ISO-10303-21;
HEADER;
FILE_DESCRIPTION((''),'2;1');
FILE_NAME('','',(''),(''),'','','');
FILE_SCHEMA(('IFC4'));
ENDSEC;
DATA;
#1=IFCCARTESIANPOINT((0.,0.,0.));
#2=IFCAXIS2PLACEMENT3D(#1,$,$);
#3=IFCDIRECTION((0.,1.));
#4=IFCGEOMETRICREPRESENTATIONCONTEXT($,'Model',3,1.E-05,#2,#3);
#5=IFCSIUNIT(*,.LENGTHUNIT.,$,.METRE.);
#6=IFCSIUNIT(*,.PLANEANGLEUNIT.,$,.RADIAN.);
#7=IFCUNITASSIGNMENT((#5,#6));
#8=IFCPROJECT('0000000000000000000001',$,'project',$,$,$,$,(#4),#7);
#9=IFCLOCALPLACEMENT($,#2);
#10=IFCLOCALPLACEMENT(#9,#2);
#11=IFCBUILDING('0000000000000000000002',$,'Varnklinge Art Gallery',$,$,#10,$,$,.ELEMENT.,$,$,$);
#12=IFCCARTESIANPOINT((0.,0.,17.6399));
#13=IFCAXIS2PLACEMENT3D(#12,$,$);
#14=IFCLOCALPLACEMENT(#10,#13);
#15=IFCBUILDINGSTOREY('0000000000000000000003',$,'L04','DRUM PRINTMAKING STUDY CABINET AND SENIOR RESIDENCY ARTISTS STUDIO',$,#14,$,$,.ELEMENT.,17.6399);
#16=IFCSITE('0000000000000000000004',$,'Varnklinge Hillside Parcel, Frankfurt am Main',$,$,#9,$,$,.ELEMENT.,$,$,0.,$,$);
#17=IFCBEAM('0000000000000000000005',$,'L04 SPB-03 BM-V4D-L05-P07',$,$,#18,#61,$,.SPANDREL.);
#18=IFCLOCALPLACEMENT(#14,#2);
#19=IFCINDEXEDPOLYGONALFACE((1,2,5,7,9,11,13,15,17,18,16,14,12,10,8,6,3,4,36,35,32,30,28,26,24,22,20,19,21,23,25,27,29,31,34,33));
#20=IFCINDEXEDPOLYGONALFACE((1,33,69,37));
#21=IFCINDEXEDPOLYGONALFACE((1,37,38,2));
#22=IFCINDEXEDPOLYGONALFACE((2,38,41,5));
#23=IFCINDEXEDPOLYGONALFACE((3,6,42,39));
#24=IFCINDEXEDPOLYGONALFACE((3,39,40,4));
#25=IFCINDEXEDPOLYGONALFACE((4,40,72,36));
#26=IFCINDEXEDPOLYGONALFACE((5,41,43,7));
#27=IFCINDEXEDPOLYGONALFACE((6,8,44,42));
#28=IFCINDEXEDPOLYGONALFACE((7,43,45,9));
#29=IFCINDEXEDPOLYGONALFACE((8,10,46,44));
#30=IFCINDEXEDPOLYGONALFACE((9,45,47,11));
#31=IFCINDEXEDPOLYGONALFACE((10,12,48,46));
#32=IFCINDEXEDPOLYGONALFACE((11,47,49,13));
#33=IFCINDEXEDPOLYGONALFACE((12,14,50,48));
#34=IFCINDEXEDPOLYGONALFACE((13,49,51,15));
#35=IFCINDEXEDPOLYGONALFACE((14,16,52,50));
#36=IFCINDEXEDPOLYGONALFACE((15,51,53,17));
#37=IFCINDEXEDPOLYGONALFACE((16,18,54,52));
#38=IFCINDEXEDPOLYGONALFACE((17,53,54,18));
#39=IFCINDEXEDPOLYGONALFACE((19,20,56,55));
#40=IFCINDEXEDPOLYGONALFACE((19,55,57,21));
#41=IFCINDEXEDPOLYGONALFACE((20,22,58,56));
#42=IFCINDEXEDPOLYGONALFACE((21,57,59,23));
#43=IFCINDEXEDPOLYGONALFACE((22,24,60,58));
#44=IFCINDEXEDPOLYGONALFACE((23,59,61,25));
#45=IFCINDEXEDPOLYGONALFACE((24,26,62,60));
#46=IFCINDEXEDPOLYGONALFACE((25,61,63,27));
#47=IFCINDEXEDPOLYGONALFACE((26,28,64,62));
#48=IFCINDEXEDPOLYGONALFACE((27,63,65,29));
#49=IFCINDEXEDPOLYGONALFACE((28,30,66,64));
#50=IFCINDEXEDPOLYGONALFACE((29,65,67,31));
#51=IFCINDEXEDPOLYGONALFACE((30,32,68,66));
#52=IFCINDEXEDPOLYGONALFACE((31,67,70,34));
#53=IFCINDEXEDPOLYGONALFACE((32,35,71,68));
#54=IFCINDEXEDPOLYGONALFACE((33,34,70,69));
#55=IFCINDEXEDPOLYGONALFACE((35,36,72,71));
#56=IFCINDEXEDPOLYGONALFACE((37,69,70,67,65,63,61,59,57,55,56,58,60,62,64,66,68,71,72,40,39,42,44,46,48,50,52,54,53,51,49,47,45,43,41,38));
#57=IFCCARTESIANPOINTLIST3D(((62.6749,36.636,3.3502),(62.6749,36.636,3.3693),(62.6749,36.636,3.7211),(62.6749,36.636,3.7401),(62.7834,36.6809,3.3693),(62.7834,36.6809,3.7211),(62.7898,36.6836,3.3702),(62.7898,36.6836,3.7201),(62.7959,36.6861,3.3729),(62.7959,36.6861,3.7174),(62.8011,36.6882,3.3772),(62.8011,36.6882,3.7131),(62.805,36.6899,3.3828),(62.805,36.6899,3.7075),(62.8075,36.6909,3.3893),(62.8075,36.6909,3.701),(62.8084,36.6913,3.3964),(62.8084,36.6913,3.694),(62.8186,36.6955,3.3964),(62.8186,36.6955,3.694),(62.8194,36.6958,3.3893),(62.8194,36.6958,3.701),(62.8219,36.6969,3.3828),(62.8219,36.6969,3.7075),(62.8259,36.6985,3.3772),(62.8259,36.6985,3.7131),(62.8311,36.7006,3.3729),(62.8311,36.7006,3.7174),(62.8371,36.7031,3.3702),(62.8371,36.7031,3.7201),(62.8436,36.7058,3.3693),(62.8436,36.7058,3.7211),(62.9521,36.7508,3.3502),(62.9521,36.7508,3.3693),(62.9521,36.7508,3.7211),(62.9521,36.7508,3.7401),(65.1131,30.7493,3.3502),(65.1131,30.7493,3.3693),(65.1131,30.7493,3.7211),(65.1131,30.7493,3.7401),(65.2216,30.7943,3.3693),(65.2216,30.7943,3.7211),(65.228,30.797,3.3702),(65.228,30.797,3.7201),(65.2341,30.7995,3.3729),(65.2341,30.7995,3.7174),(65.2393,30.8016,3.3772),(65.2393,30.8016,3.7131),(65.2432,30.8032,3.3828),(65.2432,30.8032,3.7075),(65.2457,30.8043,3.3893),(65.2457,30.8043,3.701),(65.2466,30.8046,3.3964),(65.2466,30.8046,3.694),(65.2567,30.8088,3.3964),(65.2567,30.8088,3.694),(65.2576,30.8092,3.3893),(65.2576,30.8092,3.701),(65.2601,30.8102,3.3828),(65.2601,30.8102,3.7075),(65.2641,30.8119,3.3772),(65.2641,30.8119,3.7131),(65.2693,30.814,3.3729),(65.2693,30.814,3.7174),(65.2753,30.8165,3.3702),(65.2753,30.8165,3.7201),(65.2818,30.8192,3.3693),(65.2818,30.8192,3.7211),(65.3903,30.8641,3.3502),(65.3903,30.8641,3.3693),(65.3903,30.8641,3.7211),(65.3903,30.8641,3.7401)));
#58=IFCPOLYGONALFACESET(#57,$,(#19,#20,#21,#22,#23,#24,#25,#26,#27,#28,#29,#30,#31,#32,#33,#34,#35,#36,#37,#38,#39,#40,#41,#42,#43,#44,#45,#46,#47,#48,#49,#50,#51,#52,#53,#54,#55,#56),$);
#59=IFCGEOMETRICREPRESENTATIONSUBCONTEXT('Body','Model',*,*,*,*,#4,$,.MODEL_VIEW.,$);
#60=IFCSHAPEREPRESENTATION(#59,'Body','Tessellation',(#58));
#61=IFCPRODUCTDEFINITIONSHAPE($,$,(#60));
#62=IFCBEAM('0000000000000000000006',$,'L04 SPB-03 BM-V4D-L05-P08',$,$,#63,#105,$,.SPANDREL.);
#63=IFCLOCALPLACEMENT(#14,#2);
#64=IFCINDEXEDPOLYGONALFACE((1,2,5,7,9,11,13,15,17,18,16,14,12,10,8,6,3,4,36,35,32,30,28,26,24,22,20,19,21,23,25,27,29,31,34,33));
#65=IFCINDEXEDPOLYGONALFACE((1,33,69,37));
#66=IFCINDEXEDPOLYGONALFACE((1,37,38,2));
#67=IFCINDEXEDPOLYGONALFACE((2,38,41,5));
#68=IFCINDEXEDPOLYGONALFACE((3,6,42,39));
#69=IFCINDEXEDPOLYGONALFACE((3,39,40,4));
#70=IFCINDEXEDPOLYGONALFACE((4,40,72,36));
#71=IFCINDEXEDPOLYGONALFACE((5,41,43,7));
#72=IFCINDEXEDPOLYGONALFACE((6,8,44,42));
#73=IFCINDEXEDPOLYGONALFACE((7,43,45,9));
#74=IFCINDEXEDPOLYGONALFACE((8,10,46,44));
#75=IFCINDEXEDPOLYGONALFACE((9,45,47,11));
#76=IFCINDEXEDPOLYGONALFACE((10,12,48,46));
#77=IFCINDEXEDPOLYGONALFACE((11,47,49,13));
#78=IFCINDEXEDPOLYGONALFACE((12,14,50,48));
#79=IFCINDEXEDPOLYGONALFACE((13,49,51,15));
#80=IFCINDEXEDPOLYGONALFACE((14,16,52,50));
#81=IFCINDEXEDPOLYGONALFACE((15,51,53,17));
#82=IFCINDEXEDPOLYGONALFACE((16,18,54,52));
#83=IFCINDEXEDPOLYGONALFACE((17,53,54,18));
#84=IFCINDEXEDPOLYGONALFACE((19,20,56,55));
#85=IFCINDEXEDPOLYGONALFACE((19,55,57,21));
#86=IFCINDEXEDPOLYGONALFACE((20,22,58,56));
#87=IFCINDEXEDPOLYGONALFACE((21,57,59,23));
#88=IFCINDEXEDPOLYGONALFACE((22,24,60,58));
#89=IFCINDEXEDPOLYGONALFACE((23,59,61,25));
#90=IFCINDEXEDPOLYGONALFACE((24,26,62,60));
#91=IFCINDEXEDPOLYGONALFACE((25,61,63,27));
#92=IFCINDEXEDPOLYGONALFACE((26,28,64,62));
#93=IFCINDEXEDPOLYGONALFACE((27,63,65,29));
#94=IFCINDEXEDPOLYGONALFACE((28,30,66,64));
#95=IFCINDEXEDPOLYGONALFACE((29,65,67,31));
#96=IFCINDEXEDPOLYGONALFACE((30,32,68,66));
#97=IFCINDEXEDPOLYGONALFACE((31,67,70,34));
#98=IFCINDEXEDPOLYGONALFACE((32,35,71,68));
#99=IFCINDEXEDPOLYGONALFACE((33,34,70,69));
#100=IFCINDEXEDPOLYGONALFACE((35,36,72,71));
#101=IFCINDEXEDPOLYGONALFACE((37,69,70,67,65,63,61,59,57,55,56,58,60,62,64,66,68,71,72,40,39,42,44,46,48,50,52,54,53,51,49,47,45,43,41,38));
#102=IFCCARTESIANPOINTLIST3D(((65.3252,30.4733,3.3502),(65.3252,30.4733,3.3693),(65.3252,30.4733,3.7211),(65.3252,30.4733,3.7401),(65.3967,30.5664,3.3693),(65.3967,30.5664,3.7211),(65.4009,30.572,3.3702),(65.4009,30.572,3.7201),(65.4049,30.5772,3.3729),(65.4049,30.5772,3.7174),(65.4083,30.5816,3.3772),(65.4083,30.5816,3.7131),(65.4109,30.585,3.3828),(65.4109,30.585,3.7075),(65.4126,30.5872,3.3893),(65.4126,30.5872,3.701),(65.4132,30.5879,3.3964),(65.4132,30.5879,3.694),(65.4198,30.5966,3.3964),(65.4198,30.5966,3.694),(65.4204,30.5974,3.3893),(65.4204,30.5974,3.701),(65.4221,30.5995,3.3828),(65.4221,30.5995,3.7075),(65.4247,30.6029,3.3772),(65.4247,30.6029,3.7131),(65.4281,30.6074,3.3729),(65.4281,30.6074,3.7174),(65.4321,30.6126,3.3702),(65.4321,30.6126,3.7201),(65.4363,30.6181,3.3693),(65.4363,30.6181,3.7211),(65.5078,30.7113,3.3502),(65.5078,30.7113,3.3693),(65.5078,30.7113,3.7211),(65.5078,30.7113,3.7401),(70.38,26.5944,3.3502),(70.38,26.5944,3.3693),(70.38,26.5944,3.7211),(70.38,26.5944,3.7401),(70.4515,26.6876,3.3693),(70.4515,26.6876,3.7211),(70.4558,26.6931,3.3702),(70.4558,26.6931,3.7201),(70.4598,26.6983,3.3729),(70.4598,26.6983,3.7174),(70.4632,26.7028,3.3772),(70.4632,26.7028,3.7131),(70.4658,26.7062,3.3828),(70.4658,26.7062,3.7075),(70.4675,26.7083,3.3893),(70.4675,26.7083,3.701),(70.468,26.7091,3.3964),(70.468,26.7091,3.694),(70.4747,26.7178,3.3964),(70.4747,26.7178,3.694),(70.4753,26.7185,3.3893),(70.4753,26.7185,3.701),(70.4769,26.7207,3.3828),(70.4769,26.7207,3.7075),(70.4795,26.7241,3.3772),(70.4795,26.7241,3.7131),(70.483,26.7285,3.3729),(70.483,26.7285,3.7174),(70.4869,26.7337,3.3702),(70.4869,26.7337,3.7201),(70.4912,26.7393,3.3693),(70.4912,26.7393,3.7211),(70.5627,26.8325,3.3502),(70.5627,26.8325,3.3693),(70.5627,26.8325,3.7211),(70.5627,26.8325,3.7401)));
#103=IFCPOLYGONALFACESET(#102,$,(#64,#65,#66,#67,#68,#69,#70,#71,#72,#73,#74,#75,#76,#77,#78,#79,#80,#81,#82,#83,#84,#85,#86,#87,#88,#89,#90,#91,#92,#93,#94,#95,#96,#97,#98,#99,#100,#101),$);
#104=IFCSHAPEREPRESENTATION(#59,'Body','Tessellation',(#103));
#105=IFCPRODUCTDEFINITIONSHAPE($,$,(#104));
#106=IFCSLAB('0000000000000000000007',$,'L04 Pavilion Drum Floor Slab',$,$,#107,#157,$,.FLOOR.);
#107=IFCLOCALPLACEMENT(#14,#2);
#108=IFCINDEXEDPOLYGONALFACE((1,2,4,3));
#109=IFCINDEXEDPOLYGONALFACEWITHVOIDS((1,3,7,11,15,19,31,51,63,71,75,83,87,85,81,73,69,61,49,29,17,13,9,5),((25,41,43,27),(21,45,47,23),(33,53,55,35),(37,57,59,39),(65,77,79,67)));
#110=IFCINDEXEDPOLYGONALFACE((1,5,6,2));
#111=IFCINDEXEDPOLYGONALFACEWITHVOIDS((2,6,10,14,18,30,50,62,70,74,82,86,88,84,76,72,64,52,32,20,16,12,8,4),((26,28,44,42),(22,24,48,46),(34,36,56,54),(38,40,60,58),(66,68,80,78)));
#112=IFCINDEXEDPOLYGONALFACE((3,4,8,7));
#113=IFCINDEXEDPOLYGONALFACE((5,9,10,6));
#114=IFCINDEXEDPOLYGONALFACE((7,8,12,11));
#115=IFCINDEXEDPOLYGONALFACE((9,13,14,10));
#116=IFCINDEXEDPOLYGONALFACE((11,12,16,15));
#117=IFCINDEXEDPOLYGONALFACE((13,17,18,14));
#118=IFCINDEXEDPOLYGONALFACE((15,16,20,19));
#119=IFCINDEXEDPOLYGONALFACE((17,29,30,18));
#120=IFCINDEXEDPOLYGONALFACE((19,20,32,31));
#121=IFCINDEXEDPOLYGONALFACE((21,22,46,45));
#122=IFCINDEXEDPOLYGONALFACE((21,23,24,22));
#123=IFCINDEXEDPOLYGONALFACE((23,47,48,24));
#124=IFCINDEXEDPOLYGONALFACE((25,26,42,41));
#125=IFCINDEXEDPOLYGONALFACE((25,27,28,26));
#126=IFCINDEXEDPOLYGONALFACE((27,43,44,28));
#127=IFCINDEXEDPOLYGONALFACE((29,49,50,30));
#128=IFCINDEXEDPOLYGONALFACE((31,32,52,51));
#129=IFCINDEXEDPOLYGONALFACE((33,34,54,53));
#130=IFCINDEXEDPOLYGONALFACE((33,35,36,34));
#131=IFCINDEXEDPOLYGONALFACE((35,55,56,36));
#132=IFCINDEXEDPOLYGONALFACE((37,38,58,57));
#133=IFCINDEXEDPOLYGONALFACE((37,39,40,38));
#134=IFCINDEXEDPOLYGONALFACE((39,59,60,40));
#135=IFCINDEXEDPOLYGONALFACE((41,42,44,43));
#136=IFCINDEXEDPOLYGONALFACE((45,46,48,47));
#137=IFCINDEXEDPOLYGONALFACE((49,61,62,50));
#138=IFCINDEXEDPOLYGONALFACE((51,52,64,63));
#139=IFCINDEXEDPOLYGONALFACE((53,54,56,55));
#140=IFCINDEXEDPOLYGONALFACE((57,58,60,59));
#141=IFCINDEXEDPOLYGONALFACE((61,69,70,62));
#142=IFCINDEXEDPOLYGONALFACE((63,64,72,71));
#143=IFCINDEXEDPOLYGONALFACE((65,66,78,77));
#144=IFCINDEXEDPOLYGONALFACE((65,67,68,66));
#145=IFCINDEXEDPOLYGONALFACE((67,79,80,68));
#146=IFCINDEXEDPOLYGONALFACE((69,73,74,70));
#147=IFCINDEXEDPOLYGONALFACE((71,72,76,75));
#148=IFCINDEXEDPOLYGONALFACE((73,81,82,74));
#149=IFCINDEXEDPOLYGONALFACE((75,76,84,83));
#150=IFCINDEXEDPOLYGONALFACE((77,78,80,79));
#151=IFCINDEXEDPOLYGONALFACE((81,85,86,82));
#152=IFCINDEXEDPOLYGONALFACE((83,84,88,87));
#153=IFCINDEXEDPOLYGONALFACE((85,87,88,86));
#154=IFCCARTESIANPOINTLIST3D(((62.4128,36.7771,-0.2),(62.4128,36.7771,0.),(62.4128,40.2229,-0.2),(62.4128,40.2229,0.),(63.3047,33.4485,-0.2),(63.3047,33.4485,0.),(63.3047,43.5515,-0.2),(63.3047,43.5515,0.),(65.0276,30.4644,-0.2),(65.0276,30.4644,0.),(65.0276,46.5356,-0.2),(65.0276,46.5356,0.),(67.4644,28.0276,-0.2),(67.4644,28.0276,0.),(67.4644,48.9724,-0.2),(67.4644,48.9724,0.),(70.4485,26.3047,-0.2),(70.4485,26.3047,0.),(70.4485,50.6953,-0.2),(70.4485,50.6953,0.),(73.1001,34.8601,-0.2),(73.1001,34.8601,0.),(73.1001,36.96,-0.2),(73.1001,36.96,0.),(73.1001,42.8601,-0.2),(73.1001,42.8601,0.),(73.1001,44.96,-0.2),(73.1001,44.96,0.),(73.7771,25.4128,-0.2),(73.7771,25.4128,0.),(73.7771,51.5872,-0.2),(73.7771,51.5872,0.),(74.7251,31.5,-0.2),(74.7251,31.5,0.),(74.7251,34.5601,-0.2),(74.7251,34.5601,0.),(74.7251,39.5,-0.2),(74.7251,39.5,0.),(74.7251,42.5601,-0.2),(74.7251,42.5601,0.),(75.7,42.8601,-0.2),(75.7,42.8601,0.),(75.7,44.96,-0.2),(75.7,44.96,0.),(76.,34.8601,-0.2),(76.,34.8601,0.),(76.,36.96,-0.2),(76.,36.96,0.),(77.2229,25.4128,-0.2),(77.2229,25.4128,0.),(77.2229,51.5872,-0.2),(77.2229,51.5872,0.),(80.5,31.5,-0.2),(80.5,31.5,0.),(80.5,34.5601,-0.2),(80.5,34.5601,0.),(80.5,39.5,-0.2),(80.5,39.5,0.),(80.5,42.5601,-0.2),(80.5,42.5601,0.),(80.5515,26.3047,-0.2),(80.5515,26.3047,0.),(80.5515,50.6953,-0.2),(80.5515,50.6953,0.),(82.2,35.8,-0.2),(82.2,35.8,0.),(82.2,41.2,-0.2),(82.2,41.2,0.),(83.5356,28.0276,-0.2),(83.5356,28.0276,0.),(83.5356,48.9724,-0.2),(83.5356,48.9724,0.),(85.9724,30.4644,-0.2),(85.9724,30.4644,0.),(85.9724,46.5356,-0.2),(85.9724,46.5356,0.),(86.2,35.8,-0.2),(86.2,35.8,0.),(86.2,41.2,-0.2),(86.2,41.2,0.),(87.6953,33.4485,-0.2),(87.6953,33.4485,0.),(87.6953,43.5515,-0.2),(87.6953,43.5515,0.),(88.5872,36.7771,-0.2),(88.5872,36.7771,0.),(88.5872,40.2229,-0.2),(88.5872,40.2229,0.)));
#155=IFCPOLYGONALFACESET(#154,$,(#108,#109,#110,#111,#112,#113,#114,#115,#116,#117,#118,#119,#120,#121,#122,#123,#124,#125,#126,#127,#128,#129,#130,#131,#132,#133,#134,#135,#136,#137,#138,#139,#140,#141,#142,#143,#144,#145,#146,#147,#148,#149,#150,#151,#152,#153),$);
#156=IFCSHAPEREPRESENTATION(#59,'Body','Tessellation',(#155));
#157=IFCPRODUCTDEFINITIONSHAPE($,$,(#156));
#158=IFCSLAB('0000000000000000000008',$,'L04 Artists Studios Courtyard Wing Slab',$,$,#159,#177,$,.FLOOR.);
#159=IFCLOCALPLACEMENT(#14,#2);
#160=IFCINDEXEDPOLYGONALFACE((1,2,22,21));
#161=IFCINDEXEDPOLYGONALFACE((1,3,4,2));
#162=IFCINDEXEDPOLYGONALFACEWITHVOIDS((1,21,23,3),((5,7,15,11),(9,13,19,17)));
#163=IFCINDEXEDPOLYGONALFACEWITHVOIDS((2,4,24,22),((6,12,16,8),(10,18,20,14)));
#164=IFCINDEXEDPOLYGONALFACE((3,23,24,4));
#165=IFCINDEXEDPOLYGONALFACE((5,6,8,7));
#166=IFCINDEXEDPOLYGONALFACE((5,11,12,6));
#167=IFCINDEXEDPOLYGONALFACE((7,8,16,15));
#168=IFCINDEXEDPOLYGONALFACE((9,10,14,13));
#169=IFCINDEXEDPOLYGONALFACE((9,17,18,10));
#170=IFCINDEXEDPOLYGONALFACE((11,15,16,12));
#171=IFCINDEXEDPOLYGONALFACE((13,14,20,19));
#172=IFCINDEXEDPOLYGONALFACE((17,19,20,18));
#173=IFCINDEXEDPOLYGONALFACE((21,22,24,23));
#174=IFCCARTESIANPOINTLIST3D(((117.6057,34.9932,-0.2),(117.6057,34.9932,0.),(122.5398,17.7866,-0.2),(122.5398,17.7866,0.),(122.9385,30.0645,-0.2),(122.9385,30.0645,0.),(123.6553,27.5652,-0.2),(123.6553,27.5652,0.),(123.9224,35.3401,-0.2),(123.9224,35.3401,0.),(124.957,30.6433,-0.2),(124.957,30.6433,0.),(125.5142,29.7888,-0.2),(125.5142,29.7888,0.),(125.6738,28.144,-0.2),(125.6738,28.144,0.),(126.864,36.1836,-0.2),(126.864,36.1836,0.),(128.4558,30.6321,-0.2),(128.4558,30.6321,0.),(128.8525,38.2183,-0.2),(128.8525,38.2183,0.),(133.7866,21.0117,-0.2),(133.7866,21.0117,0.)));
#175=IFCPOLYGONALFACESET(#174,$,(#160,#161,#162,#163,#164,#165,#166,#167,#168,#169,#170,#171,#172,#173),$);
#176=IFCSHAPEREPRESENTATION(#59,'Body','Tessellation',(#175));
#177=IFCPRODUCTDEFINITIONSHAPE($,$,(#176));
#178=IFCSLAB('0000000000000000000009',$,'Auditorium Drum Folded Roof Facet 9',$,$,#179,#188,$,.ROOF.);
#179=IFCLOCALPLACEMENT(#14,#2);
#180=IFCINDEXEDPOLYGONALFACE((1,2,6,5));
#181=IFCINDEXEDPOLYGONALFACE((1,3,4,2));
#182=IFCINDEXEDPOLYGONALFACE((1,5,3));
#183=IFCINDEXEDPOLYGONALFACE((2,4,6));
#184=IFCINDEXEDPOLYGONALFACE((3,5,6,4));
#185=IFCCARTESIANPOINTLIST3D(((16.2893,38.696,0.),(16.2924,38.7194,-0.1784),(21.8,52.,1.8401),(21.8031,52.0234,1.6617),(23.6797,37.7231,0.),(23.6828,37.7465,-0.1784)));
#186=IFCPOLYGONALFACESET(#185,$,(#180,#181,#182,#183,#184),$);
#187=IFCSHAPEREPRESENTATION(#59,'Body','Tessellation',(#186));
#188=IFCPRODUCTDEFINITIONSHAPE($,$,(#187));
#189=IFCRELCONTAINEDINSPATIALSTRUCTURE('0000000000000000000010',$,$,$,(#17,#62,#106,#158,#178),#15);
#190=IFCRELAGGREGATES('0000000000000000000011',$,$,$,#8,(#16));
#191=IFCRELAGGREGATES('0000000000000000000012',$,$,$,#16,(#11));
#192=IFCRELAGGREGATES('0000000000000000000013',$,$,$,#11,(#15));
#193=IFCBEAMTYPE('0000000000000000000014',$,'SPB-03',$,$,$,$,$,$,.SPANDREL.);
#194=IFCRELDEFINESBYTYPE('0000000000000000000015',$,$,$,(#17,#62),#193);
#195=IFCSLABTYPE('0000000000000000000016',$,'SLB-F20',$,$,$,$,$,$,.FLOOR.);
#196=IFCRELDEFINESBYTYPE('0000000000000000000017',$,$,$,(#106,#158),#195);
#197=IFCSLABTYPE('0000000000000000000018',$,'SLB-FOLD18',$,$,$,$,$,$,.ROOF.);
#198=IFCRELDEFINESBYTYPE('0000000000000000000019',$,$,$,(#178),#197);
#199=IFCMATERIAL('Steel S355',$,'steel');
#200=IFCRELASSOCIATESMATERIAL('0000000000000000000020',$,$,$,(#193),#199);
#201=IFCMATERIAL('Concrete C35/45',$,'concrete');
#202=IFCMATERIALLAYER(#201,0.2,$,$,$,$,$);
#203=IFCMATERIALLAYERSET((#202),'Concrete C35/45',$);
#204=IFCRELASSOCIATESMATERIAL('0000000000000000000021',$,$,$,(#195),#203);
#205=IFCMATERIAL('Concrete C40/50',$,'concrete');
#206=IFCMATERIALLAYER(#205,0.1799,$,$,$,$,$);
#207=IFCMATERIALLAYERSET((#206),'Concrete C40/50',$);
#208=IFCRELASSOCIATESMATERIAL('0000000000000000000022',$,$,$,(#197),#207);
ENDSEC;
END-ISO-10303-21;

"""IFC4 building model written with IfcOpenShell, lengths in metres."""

from ifc_helpers import new_model, si_unit, direction, frame, origin, origin_2d, place, context, subcontext, project, spatial, polyline, i_section, outline, extrude, material, layer, layer_set, material_profile, profile_set, type_object, element, save


model = new_model("IFC4")

# Units and contexts
model_context = context("Model", 3, precision=1e-05, world=origin(), true_north=direction((0.0, 1.0)))
body_context = subcontext(model_context, "Body", "Model", "MODEL_VIEW")
ifc_project = project(units=[si_unit("LENGTHUNIT", "METRE"), si_unit("PLANEANGLEUNIT", "RADIAN")], contexts=[model_context])

# Site, building, storey
site_placement = place(None, origin())
site = spatial("IfcSite", under=ifc_project, at=site_placement, Name="Varnklinge Hillside Parcel, Frankfurt am Main", CompositionType="ELEMENT", RefElevation=0.0)
building_placement = place(site_placement, origin())
building = spatial("IfcBuilding", under=site, at=building_placement, Name="Varnklinge Art Gallery", CompositionType="ELEMENT")
storey_placement = place(building_placement, frame((0.0, 0.0, 17.6399)))
storey = spatial("IfcBuildingStorey", under=building, at=storey_placement, Name="L04", Description="DRUM PRINTMAKING STUDY CABINET AND SENIOR RESIDENCY ARTISTS STUDIO", CompositionType="ELEMENT", Elevation=17.6399)

# Beams
ifc_material_1 = material(Name="Steel S355", Category="steel")
ifc_material_profile_1 = material_profile(ifc_material_1, i_section(OverallWidth=0.3, OverallDepth=0.3899, WebThickness=0.011, FlangeThickness=0.019, FilletRadius=0.0271, at=origin_2d()), Name="HEA 400")
ifc_profile_set_1 = profile_set([ifc_material_profile_1], Name="Steel S355")
beam_type_1 = type_object("IfcBeamType", Name="SPB-03", PredefinedType="SPANDREL", material=ifc_profile_set_1)
for number, where, z_axis, x_axis, name in (
    (1, (62.8135, 36.6934, 3.5452), (0.382667, -0.923887, 0.0), (0.923887, 0.382667, 0.0), "L04 SPB-03 BM-V4D-L05-P07"),
    (2, (65.4165, 30.5923, 3.5452), (0.793344, -0.608773, 0.0), (0.608773, 0.793344, 0.0), "L04 SPB-03 BM-V4D-L05-P08"),
):
    element("IfcBeam", number, at=place(storey_placement, frame(where, z_axis=z_axis, x_axis=x_axis)), inside=storey, type_object=beam_type_1, Name=name, PredefinedType="SPANDREL", context=body_context, shape_type="SweptSolid", body=[
        extrude(i_section(OverallWidth=0.3, OverallDepth=0.3899, WebThickness=0.011, FlangeThickness=0.019, FilletRadius=0.0271, at=origin_2d()), origin(), (0.0, 0.0, 1.0), 6.3716),
    ])

# Slabs
ifc_material_2 = material(Name="Concrete C35/45", Category="concrete")
ifc_layer_1 = layer(ifc_material_2, 0.2)
ifc_layer_set_1 = layer_set([ifc_layer_1], Name="Concrete C35/45")
slab_type_1 = type_object("IfcSlabType", Name="SLB-F20", PredefinedType="FLOOR", material=ifc_layer_set_1)
slab_1_placement = place(storey_placement, frame((0.0, 0.0, -0.2)))
element("IfcSlab", 3, at=slab_1_placement, inside=storey, type_object=slab_type_1, Name="L04 Pavilion Drum Floor Slab", PredefinedType="FLOOR", context=body_context, shape_type="SweptSolid", body=[
    extrude(outline(polyline([(83.5356, 28.0276), (85.9724, 30.4644), (87.6953, 33.4485), (88.5872, 36.7771), (88.5872, 40.2229), (87.6953, 43.5515), (85.9724, 46.5356), (83.5356, 48.9724), (80.5515, 50.6953), (77.2229, 51.5872), (73.7771, 51.5872), (70.4485, 50.6953), (67.4644, 48.9724), (65.0276, 46.5356), (63.3047, 43.5515), (62.4128, 40.2229), (62.4128, 36.7771), (63.3047, 33.4485), (65.0276, 30.4644), (67.4644, 28.0276), (70.4485, 26.3047), (73.7771, 25.4128), (77.2229, 25.4128), (80.5515, 26.3047), (83.5356, 28.0276)]), holes=[polyline([(80.5, 31.5), (74.7251, 31.5), (74.7251, 34.5601), (80.5, 34.5601), (80.5, 31.5)]), polyline([(73.1001, 34.8601), (73.1001, 36.96), (76.0, 36.96), (76.0, 34.8601), (73.1001, 34.8601)]), polyline([(82.2, 41.2), (86.2, 41.2), (86.2, 35.8), (82.2, 35.8), (82.2, 41.2)]), polyline([(80.5, 39.5), (74.7251, 39.5), (74.7251, 42.5601), (80.5, 42.5601), (80.5, 39.5)]), polyline([(73.1001, 42.8601), (73.1001, 44.96), (75.7, 44.96), (75.7, 42.8601), (73.1001, 42.8601)])]), origin(), (0.0, 0.0, 1.0), 0.2),
])
slab_2_placement = place(storey_placement, frame((0.0, 0.0, -0.2)))
element("IfcSlab", 4, at=slab_2_placement, inside=storey, type_object=slab_type_1, Name="L04 Artists Studios Courtyard Wing Slab", PredefinedType="FLOOR", context=body_context, shape_type="SweptSolid", body=[
    extrude(outline(polyline([(117.6057, 34.9932), (122.5398, 17.7866), (133.7866, 21.0117), (128.8525, 38.2183), (117.6057, 34.9932)]), holes=[polyline([(123.6553, 27.5652), (122.9385, 30.0645), (124.957, 30.6433), (125.6738, 28.144), (123.6553, 27.5652)]), polyline([(123.9224, 35.3401), (126.864, 36.1836), (128.4558, 30.6321), (125.5142, 29.7888), (123.9224, 35.3401)])]), origin(), (0.0, 0.0, 1.0), 0.2),
])
ifc_material_3 = material(Name="Concrete C40/50", Category="concrete")
ifc_layer_2 = layer(ifc_material_3, 0.1799)
ifc_layer_set_2 = layer_set([ifc_layer_2], Name="Concrete C40/50")
slab_type_2 = type_object("IfcSlabType", Name="SLB-FOLD18", PredefinedType="ROOF", material=ifc_layer_set_2)
slab_3_placement = place(storey_placement, frame((16.2893, 38.696, 0.0), z_axis=(-0.017117, -0.130026, 0.991363), x_axis=(0.991446, -0.130518, 0.0)))
element("IfcSlab", 5, at=slab_3_placement, inside=storey, type_object=slab_type_2, Name="Auditorium Drum Folded Roof Facet 9", PredefinedType="ROOF", context=body_context, shape_type="SweptSolid", body=[
    extrude(outline(polyline([(0.0, 0.0), (7.4541, 0.0), (3.7272, 14.0306), (0.0, 0.0)])), origin(), (0.0, 0.0, -1.0), 0.1799),
])

save(model, "model.ifc")
